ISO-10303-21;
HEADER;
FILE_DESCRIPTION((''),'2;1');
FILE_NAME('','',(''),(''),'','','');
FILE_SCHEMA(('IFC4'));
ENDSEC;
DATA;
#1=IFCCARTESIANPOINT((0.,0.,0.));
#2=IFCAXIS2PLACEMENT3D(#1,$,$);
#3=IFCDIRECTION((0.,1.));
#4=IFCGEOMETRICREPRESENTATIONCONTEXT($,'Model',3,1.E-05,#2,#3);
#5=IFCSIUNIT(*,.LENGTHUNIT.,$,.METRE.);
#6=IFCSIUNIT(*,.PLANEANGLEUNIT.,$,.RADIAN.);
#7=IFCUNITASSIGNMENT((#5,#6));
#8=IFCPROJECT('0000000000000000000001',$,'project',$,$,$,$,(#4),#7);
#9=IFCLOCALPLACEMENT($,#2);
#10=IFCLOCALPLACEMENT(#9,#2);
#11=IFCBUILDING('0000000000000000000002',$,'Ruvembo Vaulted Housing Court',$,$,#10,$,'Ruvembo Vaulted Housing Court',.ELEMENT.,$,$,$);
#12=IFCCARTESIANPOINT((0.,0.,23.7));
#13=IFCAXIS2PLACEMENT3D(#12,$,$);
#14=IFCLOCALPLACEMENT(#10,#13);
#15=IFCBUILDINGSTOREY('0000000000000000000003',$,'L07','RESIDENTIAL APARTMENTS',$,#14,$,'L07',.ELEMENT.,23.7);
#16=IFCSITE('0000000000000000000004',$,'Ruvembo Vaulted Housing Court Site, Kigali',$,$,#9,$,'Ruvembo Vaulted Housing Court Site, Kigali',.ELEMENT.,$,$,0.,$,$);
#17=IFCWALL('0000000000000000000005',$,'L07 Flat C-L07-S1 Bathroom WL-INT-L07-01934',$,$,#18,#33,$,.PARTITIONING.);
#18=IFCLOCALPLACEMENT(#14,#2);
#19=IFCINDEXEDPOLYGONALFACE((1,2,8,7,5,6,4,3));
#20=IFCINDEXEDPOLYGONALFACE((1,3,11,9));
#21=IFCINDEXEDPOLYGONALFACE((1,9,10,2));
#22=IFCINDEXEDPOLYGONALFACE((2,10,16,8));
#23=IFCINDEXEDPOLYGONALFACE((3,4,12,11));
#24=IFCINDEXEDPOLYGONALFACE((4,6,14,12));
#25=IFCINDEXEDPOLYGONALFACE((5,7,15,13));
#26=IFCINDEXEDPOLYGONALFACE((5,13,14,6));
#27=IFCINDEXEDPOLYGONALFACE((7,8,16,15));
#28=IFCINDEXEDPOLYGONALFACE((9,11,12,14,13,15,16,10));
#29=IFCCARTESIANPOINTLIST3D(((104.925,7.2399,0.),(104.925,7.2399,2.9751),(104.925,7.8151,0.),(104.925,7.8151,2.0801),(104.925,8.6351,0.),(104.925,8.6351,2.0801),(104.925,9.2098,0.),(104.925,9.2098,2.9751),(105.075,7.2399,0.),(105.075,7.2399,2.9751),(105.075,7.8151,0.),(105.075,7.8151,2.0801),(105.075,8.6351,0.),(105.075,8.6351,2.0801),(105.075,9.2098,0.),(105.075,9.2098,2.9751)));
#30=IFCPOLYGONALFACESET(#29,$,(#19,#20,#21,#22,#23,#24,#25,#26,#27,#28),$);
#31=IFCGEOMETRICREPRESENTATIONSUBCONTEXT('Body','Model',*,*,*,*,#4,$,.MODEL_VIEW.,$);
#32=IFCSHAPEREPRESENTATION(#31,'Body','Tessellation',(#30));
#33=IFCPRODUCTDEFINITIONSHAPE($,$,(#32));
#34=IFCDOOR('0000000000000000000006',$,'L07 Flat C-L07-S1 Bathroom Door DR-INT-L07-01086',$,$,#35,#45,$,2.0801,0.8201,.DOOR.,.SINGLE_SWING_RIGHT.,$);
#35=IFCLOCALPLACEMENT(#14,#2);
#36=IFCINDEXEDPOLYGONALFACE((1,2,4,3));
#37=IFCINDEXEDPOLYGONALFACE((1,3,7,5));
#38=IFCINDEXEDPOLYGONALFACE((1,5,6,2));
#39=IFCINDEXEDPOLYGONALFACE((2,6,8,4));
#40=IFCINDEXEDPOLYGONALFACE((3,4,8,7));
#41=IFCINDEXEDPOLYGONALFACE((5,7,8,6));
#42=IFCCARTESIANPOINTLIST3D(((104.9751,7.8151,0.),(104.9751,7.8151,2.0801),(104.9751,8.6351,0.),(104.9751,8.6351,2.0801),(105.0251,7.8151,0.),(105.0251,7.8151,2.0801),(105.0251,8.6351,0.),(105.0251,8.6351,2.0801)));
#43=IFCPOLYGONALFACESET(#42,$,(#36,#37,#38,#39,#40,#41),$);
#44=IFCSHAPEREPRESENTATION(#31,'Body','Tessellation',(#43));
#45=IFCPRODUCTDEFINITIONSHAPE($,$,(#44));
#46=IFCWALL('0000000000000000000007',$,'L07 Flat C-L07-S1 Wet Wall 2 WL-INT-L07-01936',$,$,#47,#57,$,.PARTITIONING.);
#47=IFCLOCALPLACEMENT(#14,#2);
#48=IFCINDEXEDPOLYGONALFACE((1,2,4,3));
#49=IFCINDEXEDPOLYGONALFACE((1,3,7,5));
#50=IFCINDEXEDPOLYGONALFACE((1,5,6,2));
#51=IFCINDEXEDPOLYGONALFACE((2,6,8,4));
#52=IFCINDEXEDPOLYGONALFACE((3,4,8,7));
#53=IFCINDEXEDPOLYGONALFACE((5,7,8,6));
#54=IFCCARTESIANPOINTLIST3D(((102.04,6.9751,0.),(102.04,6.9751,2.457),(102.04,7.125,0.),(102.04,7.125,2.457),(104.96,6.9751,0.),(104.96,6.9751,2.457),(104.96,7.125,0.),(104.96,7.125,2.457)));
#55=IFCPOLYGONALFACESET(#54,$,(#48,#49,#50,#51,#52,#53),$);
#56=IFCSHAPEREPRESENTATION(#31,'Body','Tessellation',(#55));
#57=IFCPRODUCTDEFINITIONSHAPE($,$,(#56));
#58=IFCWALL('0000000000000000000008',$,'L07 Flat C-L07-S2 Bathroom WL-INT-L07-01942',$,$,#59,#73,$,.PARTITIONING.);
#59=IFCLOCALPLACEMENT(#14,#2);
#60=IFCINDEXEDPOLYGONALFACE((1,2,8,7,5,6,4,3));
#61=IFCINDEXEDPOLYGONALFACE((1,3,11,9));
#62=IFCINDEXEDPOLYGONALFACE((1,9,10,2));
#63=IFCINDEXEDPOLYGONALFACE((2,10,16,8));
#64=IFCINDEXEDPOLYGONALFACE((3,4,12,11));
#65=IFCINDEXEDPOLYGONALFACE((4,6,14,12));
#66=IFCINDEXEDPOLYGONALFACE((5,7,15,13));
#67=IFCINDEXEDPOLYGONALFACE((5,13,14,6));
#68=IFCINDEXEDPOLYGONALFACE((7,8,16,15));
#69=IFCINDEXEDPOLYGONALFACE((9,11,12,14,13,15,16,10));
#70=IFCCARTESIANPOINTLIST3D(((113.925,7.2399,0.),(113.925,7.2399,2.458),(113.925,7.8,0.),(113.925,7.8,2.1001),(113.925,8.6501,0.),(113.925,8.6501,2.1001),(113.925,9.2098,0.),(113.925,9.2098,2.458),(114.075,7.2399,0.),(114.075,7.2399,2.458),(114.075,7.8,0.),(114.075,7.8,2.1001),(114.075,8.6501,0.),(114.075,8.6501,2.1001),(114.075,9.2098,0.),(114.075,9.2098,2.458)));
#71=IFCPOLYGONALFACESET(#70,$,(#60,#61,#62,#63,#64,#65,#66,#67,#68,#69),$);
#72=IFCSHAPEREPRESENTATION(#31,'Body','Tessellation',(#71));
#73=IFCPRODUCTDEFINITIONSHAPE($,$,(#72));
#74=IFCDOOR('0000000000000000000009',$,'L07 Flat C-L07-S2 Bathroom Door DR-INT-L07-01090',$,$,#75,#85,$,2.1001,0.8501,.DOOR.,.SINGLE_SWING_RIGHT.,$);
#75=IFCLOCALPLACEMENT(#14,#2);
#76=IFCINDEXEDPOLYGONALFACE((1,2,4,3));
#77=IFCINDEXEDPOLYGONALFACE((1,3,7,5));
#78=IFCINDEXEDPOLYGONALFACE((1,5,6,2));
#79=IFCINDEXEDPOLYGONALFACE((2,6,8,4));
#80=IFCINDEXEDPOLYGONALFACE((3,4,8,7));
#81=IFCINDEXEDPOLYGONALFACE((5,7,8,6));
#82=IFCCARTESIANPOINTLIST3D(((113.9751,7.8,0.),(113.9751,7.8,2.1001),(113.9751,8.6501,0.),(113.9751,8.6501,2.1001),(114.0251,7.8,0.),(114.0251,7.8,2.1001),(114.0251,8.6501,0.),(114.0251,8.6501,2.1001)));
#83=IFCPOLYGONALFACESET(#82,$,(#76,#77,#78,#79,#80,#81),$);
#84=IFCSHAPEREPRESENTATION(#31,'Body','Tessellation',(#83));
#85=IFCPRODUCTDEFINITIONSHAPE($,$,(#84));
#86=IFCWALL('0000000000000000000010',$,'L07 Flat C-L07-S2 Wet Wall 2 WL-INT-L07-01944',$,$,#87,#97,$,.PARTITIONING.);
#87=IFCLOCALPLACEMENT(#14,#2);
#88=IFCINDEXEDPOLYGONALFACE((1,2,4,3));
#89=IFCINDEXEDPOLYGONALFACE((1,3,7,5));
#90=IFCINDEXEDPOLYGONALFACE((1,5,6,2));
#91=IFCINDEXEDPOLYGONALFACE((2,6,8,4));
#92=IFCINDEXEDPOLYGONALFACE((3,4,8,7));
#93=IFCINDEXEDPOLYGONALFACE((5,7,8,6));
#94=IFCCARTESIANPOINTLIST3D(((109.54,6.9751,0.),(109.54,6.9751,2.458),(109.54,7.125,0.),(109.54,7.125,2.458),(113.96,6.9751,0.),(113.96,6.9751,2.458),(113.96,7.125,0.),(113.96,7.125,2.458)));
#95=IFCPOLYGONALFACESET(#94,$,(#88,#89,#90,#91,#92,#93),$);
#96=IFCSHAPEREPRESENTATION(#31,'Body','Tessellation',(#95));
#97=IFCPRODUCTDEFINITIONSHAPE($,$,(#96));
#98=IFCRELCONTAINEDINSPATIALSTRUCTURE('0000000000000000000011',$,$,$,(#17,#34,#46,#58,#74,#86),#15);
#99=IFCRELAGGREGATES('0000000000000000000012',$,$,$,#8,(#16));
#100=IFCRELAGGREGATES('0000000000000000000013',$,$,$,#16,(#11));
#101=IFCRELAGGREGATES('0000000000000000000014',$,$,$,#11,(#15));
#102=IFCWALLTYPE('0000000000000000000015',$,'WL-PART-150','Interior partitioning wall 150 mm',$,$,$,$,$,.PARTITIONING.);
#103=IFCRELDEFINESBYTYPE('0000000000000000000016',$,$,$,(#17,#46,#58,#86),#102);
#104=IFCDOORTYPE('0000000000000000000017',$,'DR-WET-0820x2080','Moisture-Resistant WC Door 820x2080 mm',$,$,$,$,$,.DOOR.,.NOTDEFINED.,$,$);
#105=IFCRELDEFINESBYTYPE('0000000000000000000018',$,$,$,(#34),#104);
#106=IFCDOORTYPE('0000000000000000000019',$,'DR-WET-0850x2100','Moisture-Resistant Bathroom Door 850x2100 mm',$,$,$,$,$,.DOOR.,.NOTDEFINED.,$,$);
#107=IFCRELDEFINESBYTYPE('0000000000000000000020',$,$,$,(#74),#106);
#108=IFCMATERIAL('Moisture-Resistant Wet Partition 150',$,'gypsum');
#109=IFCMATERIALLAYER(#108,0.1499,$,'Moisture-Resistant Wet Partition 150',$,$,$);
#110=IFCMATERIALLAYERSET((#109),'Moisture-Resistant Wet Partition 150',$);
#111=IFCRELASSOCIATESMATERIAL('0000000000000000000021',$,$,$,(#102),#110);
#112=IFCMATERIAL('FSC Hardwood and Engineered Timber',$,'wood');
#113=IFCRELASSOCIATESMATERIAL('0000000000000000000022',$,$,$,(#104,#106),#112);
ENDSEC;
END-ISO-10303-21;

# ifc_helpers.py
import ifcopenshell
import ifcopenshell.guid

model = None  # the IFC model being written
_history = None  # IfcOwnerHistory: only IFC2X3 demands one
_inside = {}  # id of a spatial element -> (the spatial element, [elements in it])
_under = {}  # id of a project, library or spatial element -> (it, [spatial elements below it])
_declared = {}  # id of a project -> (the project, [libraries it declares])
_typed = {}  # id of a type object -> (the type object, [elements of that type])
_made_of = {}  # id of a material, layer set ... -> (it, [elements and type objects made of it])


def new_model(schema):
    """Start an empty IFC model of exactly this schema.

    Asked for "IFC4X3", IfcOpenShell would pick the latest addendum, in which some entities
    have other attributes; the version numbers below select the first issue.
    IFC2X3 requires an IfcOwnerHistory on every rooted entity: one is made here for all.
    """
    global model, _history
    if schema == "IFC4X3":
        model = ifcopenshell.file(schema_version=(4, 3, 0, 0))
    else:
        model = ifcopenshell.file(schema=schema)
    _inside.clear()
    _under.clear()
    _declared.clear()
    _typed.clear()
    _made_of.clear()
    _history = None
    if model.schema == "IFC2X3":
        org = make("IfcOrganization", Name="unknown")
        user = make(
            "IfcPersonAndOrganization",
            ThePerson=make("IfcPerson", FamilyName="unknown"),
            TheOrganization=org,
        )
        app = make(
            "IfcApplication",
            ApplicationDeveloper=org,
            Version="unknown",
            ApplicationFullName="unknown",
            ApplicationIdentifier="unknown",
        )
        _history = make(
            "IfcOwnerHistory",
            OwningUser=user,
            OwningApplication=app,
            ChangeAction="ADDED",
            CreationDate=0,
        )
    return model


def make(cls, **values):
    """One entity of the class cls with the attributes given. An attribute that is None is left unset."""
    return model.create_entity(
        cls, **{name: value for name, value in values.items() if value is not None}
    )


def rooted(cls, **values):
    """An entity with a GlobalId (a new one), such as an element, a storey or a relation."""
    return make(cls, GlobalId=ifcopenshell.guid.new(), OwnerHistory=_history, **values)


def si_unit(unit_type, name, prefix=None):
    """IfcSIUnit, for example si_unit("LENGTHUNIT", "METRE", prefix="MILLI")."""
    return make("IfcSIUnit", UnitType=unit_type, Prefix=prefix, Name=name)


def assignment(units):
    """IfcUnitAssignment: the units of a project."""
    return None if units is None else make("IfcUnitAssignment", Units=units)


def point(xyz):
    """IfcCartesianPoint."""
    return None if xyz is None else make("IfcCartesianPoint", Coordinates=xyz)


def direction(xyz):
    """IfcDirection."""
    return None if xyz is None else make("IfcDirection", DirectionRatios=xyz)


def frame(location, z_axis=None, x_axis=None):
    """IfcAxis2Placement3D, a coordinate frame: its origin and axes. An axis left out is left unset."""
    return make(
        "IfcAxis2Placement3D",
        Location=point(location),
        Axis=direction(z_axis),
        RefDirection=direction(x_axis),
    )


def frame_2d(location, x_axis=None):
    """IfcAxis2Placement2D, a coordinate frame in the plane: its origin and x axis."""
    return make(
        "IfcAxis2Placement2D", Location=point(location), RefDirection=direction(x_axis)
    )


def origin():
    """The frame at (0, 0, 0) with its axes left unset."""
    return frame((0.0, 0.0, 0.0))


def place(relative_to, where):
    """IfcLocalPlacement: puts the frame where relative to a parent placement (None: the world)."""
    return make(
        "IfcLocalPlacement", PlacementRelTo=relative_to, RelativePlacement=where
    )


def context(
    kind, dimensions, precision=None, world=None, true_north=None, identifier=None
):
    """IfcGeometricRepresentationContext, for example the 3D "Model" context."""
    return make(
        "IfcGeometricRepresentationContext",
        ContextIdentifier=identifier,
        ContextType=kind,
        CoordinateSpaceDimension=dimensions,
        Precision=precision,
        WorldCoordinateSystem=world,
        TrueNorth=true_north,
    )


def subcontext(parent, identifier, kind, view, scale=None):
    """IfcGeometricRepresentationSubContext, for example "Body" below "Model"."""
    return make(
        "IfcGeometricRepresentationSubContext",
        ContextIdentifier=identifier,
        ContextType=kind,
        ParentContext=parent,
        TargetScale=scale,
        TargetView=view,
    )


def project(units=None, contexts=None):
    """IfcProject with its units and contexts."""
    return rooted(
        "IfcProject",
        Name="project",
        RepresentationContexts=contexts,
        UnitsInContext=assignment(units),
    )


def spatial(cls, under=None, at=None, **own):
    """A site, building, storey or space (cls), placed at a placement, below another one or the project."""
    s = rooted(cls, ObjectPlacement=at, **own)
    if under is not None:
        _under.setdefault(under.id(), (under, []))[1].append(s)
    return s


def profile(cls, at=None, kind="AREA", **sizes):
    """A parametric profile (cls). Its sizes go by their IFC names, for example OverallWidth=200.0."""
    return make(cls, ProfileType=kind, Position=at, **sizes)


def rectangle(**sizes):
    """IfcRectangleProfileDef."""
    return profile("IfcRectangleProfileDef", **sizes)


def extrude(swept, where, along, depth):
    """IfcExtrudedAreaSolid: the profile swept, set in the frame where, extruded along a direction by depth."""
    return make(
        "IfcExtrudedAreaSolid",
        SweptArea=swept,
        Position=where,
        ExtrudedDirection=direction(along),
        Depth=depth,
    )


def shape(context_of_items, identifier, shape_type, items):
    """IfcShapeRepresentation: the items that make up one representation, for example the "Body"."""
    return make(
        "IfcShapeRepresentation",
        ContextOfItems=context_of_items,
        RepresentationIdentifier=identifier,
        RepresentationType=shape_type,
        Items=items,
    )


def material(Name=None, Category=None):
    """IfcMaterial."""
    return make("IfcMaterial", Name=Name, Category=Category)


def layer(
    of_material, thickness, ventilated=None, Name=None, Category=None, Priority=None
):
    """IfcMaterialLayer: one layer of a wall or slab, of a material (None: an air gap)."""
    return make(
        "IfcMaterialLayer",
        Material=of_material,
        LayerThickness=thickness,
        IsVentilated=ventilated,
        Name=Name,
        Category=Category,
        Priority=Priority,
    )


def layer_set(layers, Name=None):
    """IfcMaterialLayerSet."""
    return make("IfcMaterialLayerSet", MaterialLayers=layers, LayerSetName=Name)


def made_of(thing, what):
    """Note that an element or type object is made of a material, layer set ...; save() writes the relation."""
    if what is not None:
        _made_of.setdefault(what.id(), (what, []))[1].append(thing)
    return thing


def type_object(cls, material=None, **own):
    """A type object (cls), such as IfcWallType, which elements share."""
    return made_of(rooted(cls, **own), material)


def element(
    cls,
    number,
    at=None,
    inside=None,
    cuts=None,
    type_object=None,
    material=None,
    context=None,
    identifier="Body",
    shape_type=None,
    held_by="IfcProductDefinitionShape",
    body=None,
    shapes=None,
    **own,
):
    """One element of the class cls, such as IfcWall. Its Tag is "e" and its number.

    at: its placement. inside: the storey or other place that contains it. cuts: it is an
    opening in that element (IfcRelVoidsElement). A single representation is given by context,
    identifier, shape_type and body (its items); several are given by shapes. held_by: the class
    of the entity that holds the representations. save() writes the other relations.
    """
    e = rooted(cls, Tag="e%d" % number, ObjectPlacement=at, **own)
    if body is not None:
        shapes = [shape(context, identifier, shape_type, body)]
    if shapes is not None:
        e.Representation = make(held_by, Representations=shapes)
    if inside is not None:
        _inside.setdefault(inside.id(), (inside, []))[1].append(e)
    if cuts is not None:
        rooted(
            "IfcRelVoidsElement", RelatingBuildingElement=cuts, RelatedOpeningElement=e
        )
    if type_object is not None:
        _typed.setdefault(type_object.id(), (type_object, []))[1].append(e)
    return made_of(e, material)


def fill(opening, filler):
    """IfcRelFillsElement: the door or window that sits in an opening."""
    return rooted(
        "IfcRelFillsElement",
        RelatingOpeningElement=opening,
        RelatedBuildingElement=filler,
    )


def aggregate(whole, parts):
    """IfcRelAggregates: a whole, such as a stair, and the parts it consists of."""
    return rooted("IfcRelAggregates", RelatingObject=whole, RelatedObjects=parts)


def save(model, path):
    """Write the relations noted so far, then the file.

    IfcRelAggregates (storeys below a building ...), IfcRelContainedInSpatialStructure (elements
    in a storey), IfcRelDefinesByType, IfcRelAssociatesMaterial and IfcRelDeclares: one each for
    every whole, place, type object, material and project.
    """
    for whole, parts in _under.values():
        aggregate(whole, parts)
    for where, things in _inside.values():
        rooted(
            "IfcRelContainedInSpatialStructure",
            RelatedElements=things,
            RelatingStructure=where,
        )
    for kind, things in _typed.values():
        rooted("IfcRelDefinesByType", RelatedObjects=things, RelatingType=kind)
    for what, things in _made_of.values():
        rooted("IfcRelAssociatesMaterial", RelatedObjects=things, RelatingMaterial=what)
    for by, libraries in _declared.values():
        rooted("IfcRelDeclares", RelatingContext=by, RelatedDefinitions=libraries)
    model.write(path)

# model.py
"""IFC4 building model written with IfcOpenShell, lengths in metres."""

from ifc_helpers import new_model, si_unit, direction, frame, frame_2d, origin, place, context, subcontext, project, spatial, rectangle, extrude, material, layer, layer_set, type_object, element, fill, save


model = new_model("IFC4")

# Units and contexts
model_context = context("Model", 3, precision=1e-05, world=origin(), true_north=direction((0.0, 1.0)))
body_context = subcontext(model_context, "Body", "Model", "MODEL_VIEW")
ifc_project = project(units=[si_unit("LENGTHUNIT", "METRE"), si_unit("PLANEANGLEUNIT", "RADIAN")], contexts=[model_context])

# Site, building, storey
site_placement = place(None, origin())
site = spatial("IfcSite", under=ifc_project, at=site_placement, Name="Ruvembo Vaulted Housing Court Site, Kigali", LongName="Ruvembo Vaulted Housing Court Site, Kigali", CompositionType="ELEMENT", RefElevation=0.0)
building_placement = place(site_placement, origin())
building = spatial("IfcBuilding", under=site, at=building_placement, Name="Ruvembo Vaulted Housing Court", LongName="Ruvembo Vaulted Housing Court", CompositionType="ELEMENT")
storey_placement = place(building_placement, frame((0.0, 0.0, 23.7)))
storey = spatial("IfcBuildingStorey", under=building, at=storey_placement, Name="L07", Description="RESIDENTIAL APARTMENTS", LongName="L07", CompositionType="ELEMENT", Elevation=23.7)

# Shared definitions
ifc_material_1 = material(Name="FSC Hardwood and Engineered Timber", Category="wood")

# Wall, opening, door
ifc_material_2 = material(Name="Moisture-Resistant Wet Partition 150", Category="gypsum")
ifc_layer_1 = layer(ifc_material_2, 0.1499, Name="Moisture-Resistant Wet Partition 150")
ifc_layer_set_1 = layer_set([ifc_layer_1], Name="Moisture-Resistant Wet Partition 150")
wall_type_1 = type_object("IfcWallType", Name="WL-PART-150", Description="Interior partitioning wall 150 mm", PredefinedType="PARTITIONING", material=ifc_layer_set_1)
wall_1_placement = place(storey_placement, frame((105.0, 7.24, 0.0), z_axis=(0.0, 0.0, 1.0), x_axis=(0.0, 1.0, 0.0)))
wall_1 = element("IfcWall", 1, at=wall_1_placement, inside=storey, type_object=wall_type_1, Name="L07 Flat C-L07-S1 Bathroom WL-INT-L07-01934", PredefinedType="PARTITIONING", context=body_context, shape_type="SweptSolid", body=[
    extrude(rectangle(XDim=1.97, YDim=0.1499, at=frame_2d((0.9849, 0.0))), origin(), (0.0, 0.0, 1.0), 2.9751),
])
opening_1_placement = place(wall_1_placement, frame((0.575, 0.0, 0.0)))
opening_1 = element("IfcOpeningElement", 2, at=opening_1_placement, cuts=wall_1, PredefinedType="OPENING", context=body_context, shape_type="SweptSolid", body=[
    extrude(rectangle(XDim=0.8201, YDim=2.0801, at=frame_2d((0.4102, 1.04))), frame((0.0, 0.085, 0.0), z_axis=(0.0, -1.0, 0.0), x_axis=(1.0, 0.0, 0.0)), (0.0, 0.0, 1.0), 0.1699),
])
door_type_1 = type_object("IfcDoorType", Name="DR-WET-0820x2080", Description="Moisture-Resistant WC Door 820x2080 mm", OperationType="NOTDEFINED", PredefinedType="DOOR", material=ifc_material_1)
door_1_placement = place(opening_1_placement, origin())
door_1 = element("IfcDoor", 3, at=door_1_placement, inside=storey, type_object=door_type_1, Name="L07 Flat C-L07-S1 Bathroom Door DR-INT-L07-01086", OperationType="SINGLE_SWING_RIGHT", OverallHeight=2.0801, OverallWidth=0.8201, PredefinedType="DOOR", context=body_context, shape_type="SweptSolid", body=[
    extrude(rectangle(XDim=0.8201, YDim=2.0801, at=frame_2d((0.4102, 1.04))), frame((0.0, 0.0249, 0.0), z_axis=(0.0, -1.0, 0.0), x_axis=(1.0, 0.0, 0.0)), (0.0, 0.0, 1.0), 0.05),
])
fill(opening_1, door_1)

# Wall
wall_2_placement = place(storey_placement, frame((102.04, 7.05, 0.0), z_axis=(0.0, 0.0, 1.0), x_axis=(1.0, 0.0, 0.0)))
element("IfcWall", 4, at=wall_2_placement, inside=storey, type_object=wall_type_1, Name="L07 Flat C-L07-S1 Wet Wall 2 WL-INT-L07-01936", PredefinedType="PARTITIONING", context=body_context, shape_type="SweptSolid", body=[
    extrude(rectangle(XDim=2.9199, YDim=0.1499, at=frame_2d((1.46, 0.0))), origin(), (0.0, 0.0, 1.0), 2.457),
])

# Wall, opening, door
wall_3_placement = place(storey_placement, frame((114.0, 7.24, 0.0), z_axis=(0.0, 0.0, 1.0), x_axis=(0.0, 1.0, 0.0)))
wall_3 = element("IfcWall", 5, at=wall_3_placement, inside=storey, type_object=wall_type_1, Name="L07 Flat C-L07-S2 Bathroom WL-INT-L07-01942", PredefinedType="PARTITIONING", context=body_context, shape_type="SweptSolid", body=[
    extrude(rectangle(XDim=1.97, YDim=0.1499, at=frame_2d((0.9849, 0.0))), origin(), (0.0, 0.0, 1.0), 2.458),
])
opening_2_placement = place(wall_3_placement, frame((0.5601, 0.0, 0.0)))
opening_2 = element("IfcOpeningElement", 6, at=opening_2_placement, cuts=wall_3, PredefinedType="OPENING", context=body_context, shape_type="SweptSolid", body=[
    extrude(rectangle(XDim=0.8501, YDim=2.1001, at=frame_2d((0.425, 1.05))), frame((0.0, 0.085, 0.0), z_axis=(0.0, -1.0, 0.0), x_axis=(1.0, 0.0, 0.0)), (0.0, 0.0, 1.0), 0.1699),
])
door_type_2 = type_object("IfcDoorType", Name="DR-WET-0850x2100", Description="Moisture-Resistant Bathroom Door 850x2100 mm", OperationType="NOTDEFINED", PredefinedType="DOOR", material=ifc_material_1)
door_2_placement = place(opening_2_placement, origin())
door_2 = element("IfcDoor", 7, at=door_2_placement, inside=storey, type_object=door_type_2, Name="L07 Flat C-L07-S2 Bathroom Door DR-INT-L07-01090", OperationType="SINGLE_SWING_RIGHT", OverallHeight=2.1001, OverallWidth=0.8501, PredefinedType="DOOR", context=body_context, shape_type="SweptSolid", body=[
    extrude(rectangle(XDim=0.8501, YDim=2.1001, at=frame_2d((0.425, 1.05))), frame((0.0, 0.0249, 0.0), z_axis=(0.0, -1.0, 0.0), x_axis=(1.0, 0.0, 0.0)), (0.0, 0.0, 1.0), 0.05),
])
fill(opening_2, door_2)

# Wall
wall_4_placement = place(storey_placement, frame((109.54, 7.05, 0.0), z_axis=(0.0, 0.0, 1.0), x_axis=(1.0, 0.0, 0.0)))
element("IfcWall", 8, at=wall_4_placement, inside=storey, type_object=wall_type_1, Name="L07 Flat C-L07-S2 Wet Wall 2 WL-INT-L07-01944", PredefinedType="PARTITIONING", context=body_context, shape_type="SweptSolid", body=[
    extrude(rectangle(XDim=4.4199, YDim=0.1499, at=frame_2d((2.21, 0.0))), origin(), (0.0, 0.0, 1.0), 2.458),
])

save(model, "model.ifc")
